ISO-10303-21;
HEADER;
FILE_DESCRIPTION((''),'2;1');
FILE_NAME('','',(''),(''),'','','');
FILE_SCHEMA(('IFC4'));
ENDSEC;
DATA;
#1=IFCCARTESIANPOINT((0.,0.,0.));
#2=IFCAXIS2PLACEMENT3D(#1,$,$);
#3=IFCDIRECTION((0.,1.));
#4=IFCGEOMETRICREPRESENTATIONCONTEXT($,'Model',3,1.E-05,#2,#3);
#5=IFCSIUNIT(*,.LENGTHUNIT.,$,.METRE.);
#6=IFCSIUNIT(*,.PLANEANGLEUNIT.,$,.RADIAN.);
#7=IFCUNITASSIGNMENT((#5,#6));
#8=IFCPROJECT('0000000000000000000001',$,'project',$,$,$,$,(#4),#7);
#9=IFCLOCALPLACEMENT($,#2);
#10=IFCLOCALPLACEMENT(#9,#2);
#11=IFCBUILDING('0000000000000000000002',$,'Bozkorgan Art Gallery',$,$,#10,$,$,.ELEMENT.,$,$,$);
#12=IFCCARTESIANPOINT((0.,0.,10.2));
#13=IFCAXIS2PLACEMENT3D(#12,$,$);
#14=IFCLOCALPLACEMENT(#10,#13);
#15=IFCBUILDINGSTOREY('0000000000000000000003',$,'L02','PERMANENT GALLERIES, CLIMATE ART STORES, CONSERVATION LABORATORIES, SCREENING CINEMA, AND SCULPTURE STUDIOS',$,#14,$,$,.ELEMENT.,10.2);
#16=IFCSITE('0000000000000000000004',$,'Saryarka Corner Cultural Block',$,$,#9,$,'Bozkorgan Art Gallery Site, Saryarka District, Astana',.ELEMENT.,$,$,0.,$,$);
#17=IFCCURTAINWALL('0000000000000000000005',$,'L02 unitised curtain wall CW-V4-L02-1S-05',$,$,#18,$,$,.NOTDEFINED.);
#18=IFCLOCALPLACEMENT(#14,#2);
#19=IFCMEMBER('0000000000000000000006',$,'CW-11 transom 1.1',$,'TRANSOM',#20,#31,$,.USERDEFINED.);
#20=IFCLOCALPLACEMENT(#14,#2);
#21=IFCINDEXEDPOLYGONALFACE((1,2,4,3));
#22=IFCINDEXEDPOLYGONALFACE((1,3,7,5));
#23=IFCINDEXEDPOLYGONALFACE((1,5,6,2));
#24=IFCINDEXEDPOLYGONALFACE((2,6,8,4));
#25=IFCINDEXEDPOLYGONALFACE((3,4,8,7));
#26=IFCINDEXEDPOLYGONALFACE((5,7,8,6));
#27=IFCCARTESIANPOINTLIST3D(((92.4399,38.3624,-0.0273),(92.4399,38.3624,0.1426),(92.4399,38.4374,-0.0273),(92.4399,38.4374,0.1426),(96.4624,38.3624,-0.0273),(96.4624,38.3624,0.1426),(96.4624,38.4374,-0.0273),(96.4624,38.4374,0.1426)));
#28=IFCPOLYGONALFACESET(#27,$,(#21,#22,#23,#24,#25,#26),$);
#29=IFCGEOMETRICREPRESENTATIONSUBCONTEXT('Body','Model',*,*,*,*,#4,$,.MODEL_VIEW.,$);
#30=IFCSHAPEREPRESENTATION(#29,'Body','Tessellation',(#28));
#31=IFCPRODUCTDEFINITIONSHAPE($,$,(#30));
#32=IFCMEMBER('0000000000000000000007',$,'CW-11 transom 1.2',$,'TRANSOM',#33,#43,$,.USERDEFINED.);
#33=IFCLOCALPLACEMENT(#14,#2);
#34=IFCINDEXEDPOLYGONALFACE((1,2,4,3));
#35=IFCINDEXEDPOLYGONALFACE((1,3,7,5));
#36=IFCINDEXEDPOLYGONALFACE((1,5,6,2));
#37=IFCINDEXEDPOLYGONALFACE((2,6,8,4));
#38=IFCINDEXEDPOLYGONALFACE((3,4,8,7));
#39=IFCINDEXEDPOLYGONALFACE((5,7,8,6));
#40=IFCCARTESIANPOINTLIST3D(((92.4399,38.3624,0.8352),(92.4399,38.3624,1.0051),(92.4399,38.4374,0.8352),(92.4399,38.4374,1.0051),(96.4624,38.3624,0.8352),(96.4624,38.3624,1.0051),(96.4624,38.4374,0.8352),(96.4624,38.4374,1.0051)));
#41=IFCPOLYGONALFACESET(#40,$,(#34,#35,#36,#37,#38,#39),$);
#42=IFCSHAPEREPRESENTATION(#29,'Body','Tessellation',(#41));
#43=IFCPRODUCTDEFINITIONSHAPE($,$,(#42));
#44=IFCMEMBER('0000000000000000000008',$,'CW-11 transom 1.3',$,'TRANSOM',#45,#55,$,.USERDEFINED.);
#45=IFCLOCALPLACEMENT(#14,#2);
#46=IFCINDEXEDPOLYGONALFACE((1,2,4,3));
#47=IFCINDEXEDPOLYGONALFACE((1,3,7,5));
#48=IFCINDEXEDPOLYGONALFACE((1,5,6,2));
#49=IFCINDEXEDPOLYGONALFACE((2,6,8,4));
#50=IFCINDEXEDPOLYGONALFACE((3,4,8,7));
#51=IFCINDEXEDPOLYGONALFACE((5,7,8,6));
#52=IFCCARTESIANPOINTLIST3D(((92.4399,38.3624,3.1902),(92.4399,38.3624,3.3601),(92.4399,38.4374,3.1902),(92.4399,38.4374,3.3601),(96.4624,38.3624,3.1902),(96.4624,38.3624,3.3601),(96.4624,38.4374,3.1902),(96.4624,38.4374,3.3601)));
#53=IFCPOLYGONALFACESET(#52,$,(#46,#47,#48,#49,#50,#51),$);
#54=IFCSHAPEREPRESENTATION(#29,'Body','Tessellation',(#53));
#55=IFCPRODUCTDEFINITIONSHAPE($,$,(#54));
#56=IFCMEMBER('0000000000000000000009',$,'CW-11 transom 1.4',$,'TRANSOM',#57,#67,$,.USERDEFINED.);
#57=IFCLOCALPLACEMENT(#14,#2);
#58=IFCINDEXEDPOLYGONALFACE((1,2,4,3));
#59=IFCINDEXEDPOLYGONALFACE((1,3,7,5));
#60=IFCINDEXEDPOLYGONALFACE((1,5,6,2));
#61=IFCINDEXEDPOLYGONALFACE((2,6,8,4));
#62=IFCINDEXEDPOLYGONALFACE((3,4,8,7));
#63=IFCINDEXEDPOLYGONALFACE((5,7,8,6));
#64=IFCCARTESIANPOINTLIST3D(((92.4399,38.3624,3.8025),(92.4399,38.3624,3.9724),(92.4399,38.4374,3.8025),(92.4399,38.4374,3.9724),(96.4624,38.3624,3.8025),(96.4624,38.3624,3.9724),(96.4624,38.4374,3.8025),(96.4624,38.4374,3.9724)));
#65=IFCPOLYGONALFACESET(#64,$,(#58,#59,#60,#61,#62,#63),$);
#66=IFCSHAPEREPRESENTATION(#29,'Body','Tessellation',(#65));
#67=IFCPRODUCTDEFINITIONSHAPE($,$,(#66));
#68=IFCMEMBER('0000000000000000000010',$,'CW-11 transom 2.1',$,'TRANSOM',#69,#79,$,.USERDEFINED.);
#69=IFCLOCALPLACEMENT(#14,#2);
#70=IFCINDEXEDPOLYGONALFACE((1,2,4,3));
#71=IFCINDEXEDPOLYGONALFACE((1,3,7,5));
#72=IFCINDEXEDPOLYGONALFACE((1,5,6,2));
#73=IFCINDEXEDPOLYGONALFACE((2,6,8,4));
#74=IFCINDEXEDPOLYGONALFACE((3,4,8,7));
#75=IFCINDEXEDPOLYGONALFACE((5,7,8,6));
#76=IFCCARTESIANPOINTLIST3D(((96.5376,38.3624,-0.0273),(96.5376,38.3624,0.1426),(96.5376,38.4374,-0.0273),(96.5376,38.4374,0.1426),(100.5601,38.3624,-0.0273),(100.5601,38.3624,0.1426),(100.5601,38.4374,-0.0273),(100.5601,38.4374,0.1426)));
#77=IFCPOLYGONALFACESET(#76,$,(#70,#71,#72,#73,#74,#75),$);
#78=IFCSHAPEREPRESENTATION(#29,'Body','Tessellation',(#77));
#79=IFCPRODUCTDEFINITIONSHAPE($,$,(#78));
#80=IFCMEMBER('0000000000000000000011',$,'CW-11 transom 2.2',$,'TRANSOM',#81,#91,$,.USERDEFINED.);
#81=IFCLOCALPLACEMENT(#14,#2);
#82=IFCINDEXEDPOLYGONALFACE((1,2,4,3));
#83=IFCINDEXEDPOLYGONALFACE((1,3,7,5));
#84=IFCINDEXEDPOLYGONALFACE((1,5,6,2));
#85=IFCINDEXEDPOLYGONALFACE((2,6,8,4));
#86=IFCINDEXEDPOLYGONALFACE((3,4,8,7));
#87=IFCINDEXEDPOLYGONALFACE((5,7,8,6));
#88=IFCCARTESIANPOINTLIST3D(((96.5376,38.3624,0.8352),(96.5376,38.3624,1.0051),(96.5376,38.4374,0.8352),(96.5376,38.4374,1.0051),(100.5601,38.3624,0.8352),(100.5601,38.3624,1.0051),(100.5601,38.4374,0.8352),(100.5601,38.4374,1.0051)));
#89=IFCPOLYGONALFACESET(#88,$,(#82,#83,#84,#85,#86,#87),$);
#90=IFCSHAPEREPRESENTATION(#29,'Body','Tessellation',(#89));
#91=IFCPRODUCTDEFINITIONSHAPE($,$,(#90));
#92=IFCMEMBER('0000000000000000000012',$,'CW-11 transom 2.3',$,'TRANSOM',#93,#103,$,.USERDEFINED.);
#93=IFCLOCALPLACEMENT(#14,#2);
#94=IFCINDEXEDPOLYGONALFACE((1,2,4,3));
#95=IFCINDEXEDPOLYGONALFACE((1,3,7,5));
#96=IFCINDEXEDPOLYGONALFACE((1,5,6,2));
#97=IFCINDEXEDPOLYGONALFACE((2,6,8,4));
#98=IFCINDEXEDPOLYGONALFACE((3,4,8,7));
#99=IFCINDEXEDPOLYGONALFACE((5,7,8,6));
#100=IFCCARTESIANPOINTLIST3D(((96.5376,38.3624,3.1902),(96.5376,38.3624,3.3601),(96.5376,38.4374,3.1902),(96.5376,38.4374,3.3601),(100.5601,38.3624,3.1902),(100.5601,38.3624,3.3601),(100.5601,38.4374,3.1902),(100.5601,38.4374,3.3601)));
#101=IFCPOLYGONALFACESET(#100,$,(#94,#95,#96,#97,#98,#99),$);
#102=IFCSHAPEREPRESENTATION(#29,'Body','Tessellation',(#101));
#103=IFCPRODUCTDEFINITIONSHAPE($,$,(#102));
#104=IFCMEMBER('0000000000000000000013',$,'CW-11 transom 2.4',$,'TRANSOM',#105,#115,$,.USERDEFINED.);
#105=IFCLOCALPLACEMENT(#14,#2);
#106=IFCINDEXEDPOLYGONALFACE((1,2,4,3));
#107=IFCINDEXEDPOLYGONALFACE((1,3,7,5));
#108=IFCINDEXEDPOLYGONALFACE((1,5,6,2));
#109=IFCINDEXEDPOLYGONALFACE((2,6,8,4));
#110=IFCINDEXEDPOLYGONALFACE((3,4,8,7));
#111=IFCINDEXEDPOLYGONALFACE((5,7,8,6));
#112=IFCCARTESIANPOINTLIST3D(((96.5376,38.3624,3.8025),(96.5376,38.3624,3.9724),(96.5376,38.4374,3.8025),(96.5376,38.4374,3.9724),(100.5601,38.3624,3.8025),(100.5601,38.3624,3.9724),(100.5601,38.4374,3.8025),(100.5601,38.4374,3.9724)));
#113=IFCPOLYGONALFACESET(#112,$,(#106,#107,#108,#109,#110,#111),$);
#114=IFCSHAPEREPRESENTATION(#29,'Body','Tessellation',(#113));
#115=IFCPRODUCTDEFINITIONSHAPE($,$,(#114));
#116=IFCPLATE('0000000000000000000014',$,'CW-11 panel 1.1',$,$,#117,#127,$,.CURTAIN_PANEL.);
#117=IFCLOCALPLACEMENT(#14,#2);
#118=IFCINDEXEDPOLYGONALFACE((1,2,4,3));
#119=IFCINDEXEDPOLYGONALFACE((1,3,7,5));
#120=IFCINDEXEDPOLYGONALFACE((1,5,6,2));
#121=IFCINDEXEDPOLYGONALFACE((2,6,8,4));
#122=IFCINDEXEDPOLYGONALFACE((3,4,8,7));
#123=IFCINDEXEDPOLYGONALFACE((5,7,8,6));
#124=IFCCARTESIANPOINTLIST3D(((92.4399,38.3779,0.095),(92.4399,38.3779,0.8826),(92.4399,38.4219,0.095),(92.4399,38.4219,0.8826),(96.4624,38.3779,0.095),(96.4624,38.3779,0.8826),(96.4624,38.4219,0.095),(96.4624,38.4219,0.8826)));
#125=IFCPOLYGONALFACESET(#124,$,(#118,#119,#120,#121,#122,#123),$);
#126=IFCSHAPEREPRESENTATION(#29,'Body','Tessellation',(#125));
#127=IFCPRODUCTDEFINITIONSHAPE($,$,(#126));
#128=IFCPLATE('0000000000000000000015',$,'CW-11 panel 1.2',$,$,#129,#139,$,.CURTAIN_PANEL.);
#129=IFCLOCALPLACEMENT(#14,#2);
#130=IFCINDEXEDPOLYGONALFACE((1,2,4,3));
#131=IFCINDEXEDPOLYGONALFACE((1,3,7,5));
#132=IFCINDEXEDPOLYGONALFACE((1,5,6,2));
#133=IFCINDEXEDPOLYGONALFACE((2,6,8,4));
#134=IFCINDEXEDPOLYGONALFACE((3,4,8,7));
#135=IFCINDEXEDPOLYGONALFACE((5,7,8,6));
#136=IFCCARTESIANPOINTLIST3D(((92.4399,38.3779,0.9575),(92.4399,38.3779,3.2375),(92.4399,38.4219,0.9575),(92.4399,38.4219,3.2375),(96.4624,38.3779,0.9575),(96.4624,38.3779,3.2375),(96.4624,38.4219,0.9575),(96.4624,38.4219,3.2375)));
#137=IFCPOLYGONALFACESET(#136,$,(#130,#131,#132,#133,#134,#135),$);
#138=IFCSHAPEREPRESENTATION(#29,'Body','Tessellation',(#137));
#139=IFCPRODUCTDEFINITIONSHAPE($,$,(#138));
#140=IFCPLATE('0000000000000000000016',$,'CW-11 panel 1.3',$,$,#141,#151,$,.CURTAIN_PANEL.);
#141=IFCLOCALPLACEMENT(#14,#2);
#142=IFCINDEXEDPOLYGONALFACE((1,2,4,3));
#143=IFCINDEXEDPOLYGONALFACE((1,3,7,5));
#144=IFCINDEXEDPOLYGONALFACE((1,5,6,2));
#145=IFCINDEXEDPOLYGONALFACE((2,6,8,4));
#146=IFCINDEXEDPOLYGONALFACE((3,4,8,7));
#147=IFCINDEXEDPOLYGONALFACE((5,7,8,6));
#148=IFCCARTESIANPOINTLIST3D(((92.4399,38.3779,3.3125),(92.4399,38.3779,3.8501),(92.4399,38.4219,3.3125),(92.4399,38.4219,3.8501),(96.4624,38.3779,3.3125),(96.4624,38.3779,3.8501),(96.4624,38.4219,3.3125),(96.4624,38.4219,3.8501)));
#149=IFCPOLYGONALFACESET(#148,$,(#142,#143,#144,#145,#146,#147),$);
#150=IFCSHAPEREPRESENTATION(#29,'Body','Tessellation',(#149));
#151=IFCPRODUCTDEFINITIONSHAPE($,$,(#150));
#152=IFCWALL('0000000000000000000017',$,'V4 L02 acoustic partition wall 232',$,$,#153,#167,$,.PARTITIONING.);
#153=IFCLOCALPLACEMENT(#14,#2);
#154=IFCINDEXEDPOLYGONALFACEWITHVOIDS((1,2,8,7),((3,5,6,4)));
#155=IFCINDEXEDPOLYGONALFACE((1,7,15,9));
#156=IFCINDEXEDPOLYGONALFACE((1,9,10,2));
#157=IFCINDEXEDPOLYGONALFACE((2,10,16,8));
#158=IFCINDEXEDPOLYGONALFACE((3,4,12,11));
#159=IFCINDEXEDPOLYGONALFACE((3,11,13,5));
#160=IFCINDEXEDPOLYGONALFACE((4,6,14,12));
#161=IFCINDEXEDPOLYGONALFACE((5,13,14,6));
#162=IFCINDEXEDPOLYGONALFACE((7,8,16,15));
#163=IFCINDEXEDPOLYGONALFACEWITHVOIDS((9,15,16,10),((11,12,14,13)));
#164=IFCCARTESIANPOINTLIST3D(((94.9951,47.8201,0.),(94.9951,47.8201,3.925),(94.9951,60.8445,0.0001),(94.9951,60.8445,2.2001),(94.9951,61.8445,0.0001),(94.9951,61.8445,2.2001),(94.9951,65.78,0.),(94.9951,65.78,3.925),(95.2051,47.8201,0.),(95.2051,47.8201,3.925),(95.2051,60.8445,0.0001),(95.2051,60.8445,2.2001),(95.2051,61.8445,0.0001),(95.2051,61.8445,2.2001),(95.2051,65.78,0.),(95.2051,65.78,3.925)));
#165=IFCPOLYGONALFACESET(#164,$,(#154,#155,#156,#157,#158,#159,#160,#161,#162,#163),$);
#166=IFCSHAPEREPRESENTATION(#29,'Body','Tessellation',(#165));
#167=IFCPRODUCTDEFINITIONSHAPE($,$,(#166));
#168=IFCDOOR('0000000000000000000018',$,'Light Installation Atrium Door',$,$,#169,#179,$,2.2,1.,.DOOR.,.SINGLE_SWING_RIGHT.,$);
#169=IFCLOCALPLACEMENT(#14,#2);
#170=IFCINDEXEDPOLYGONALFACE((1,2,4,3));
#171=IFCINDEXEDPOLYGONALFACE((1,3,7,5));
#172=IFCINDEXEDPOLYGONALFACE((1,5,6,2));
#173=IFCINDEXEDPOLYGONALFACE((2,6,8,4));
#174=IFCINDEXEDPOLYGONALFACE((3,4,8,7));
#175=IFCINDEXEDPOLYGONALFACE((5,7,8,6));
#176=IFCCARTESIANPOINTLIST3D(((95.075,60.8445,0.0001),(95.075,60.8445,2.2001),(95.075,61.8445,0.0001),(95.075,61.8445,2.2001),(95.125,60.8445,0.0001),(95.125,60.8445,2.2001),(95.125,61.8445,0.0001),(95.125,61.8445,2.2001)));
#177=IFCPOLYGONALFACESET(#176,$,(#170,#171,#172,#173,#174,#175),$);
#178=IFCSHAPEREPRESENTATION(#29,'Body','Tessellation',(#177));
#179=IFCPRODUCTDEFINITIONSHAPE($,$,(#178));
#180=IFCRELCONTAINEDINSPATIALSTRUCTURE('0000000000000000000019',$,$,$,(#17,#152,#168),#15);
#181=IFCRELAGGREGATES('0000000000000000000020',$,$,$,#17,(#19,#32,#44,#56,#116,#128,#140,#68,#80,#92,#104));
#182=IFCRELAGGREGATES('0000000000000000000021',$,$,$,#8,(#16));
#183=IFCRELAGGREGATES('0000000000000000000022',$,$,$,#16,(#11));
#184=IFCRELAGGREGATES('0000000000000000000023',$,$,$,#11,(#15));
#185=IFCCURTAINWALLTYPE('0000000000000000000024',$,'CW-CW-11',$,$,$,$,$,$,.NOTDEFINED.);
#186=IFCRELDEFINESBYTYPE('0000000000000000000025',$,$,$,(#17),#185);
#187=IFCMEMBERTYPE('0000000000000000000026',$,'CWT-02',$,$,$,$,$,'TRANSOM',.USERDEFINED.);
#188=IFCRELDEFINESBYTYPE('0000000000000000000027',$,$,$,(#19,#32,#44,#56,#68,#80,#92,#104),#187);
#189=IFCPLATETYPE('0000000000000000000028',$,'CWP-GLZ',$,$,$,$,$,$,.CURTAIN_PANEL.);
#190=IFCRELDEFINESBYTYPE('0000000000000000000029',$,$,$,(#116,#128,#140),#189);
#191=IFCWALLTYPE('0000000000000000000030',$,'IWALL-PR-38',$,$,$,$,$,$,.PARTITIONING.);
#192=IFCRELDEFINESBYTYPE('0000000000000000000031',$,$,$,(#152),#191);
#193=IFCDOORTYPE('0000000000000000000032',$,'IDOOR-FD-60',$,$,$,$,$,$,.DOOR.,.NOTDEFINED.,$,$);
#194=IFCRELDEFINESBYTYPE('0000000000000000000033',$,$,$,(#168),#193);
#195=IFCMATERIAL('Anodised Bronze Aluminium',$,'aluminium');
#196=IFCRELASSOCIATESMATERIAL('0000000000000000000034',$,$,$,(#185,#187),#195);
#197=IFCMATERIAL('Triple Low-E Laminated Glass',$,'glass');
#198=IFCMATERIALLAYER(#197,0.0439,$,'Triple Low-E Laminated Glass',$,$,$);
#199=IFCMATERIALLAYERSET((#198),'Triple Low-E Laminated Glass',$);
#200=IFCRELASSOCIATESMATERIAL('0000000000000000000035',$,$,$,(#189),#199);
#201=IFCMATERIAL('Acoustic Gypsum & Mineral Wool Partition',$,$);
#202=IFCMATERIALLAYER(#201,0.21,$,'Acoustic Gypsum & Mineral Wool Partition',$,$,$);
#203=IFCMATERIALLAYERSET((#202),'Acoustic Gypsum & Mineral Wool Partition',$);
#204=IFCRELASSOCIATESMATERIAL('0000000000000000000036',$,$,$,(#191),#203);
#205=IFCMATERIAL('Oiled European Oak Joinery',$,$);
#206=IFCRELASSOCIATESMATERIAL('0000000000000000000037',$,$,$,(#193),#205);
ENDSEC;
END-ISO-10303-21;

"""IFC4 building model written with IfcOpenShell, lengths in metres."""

from ifc_helpers import new_model, si_unit, direction, frame, frame_2d, origin, origin_2d, place, context, subcontext, project, spatial, rectangle, extrude, material, layer, layer_set, material_profile, profile_set, type_object, element, fill, aggregate, save


model = new_model("IFC4")

# Units and contexts
model_context = context("Model", 3, precision=1e-05, world=origin(), true_north=direction((0.0, 1.0)))
body_context = subcontext(model_context, "Body", "Model", "MODEL_VIEW")
ifc_project = project(units=[si_unit("LENGTHUNIT", "METRE"), si_unit("PLANEANGLEUNIT", "RADIAN")], contexts=[model_context])

# Site, building, storey
site_placement = place(None, origin())
site = spatial("IfcSite", under=ifc_project, at=site_placement, Name="Saryarka Corner Cultural Block", LongName="Bozkorgan Art Gallery Site, Saryarka District, Astana", CompositionType="ELEMENT", RefElevation=0.0)
building_placement = place(site_placement, origin())
building = spatial("IfcBuilding", under=site, at=building_placement, Name="Bozkorgan Art Gallery", CompositionType="ELEMENT")
storey_placement = place(building_placement, frame((0.0, 0.0, 10.2)))
storey = spatial("IfcBuildingStorey", under=building, at=storey_placement, Name="L02", Description="PERMANENT GALLERIES, CLIMATE ART STORES, CONSERVATION LABORATORIES, SCREENING CINEMA, AND SCULPTURE STUDIOS", CompositionType="ELEMENT", Elevation=10.2)

# Shared definitions
ifc_material_1 = material(Name="Anodised Bronze Aluminium", Category="aluminium")
curtain_wall_type = type_object("IfcCurtainWallType", Name="CW-CW-11", PredefinedType="NOTDEFINED", material=ifc_material_1)

# Curtain wall, members, plates
curtain_wall_1_placement = place(storey_placement, origin())
curtain_wall_1 = element("IfcCurtainWall", 1, at=curtain_wall_1_placement, inside=storey, type_object=curtain_wall_type, Name="L02 unitised curtain wall CW-V4-L02-1S-05", PredefinedType="NOTDEFINED")
ifc_material_profile_1 = material_profile(ifc_material_1, rectangle(XDim=0.075, YDim=0.1699, at=origin_2d()), Name="ALU TRANSOM 75x170")
ifc_profile_set_1 = profile_set([ifc_material_profile_1], Name="Anodised Bronze Aluminium")
member_type_1 = type_object("IfcMemberType", Name="CWT-02", ElementType="TRANSOM", PredefinedType="USERDEFINED", material=ifc_profile_set_1)
member_1_placement = place(storey_placement, frame((92.4399, 38.3999, 0.0576), z_axis=(1.0, 0.0, 0.0), x_axis=(0.0, 1.0, 0.0)))
member_1 = element("IfcMember", 2, at=member_1_placement, type_object=member_type_1, Name="CW-11 transom 1.1", ObjectType="TRANSOM", PredefinedType="USERDEFINED", context=body_context, shape_type="SweptSolid", body=[
    extrude(rectangle(XDim=0.075, YDim=0.1699, at=origin_2d()), origin(), (0.0, 0.0, 1.0), 4.0225),
])
member_2_placement = place(storey_placement, frame((92.4399, 38.3999, 0.9202), z_axis=(1.0, 0.0, 0.0), x_axis=(0.0, 1.0, 0.0)))
member_2 = element("IfcMember", 3, at=member_2_placement, type_object=member_type_1, Name="CW-11 transom 1.2", ObjectType="TRANSOM", PredefinedType="USERDEFINED", context=body_context, shape_type="SweptSolid", body=[
    extrude(rectangle(XDim=0.075, YDim=0.1699, at=origin_2d()), origin(), (0.0, 0.0, 1.0), 4.0225),
])
member_3_placement = place(storey_placement, frame((92.4399, 38.3999, 3.2751), z_axis=(1.0, 0.0, 0.0), x_axis=(0.0, 1.0, 0.0)))
member_3 = element("IfcMember", 4, at=member_3_placement, type_object=member_type_1, Name="CW-11 transom 1.3", ObjectType="TRANSOM", PredefinedType="USERDEFINED", context=body_context, shape_type="SweptSolid", body=[
    extrude(rectangle(XDim=0.075, YDim=0.1699, at=origin_2d()), origin(), (0.0, 0.0, 1.0), 4.0225),
])
member_4_placement = place(storey_placement, frame((92.4399, 38.3999, 3.8875), z_axis=(1.0, 0.0, 0.0), x_axis=(0.0, 1.0, 0.0)))
member_4 = element("IfcMember", 5, at=member_4_placement, type_object=member_type_1, Name="CW-11 transom 1.4", ObjectType="TRANSOM", PredefinedType="USERDEFINED", context=body_context, shape_type="SweptSolid", body=[
    extrude(rectangle(XDim=0.075, YDim=0.1699, at=origin_2d()), origin(), (0.0, 0.0, 1.0), 4.0225),
])
member_5_placement = place(storey_placement, frame((96.5376, 38.3999, 0.0576), z_axis=(1.0, 0.0, 0.0), x_axis=(0.0, 1.0, 0.0)))
member_5 = element("IfcMember", 6, at=member_5_placement, type_object=member_type_1, Name="CW-11 transom 2.1", ObjectType="TRANSOM", PredefinedType="USERDEFINED", context=body_context, shape_type="SweptSolid", body=[
    extrude(rectangle(XDim=0.075, YDim=0.1699, at=origin_2d()), origin(), (0.0, 0.0, 1.0), 4.0225),
])
member_6_placement = place(storey_placement, frame((96.5376, 38.3999, 0.9202), z_axis=(1.0, 0.0, 0.0), x_axis=(0.0, 1.0, 0.0)))
member_6 = element("IfcMember", 7, at=member_6_placement, type_object=member_type_1, Name="CW-11 transom 2.2", ObjectType="TRANSOM", PredefinedType="USERDEFINED", context=body_context, shape_type="SweptSolid", body=[
    extrude(rectangle(XDim=0.075, YDim=0.1699, at=origin_2d()), origin(), (0.0, 0.0, 1.0), 4.0225),
])
member_7_placement = place(storey_placement, frame((96.5376, 38.3999, 3.2751), z_axis=(1.0, 0.0, 0.0), x_axis=(0.0, 1.0, 0.0)))
member_7 = element("IfcMember", 8, at=member_7_placement, type_object=member_type_1, Name="CW-11 transom 2.3", ObjectType="TRANSOM", PredefinedType="USERDEFINED", context=body_context, shape_type="SweptSolid", body=[
    extrude(rectangle(XDim=0.075, YDim=0.1699, at=origin_2d()), origin(), (0.0, 0.0, 1.0), 4.0225),
])
member_8_placement = place(storey_placement, frame((96.5376, 38.3999, 3.8875), z_axis=(1.0, 0.0, 0.0), x_axis=(0.0, 1.0, 0.0)))
member_8 = element("IfcMember", 9, at=member_8_placement, type_object=member_type_1, Name="CW-11 transom 2.4", ObjectType="TRANSOM", PredefinedType="USERDEFINED", context=body_context, shape_type="SweptSolid", body=[
    extrude(rectangle(XDim=0.075, YDim=0.1699, at=origin_2d()), origin(), (0.0, 0.0, 1.0), 4.0225),
])
ifc_material_2 = material(Name="Triple Low-E Laminated Glass", Category="glass")
ifc_layer_1 = layer(ifc_material_2, 0.0439, Name="Triple Low-E Laminated Glass")
ifc_layer_set_1 = layer_set([ifc_layer_1], Name="Triple Low-E Laminated Glass")
plate_type = type_object("IfcPlateType", Name="CWP-GLZ", PredefinedType="CURTAIN_PANEL", material=ifc_layer_set_1)
plate_1_placement = place(storey_placement, frame((94.4512, 38.3999, 0.095), z_axis=(0.0, 0.0, 1.0), x_axis=(1.0, 0.0, 0.0)))
plate_1 = element("IfcPlate", 10, at=plate_1_placement, type_object=plate_type, Name="CW-11 panel 1.1", PredefinedType="CURTAIN_PANEL", context=body_context, shape_type="SweptSolid", body=[
    extrude(rectangle(XDim=4.0225, YDim=0.0439, at=origin_2d()), origin(), (0.0, 0.0, 1.0), 0.7876),
])
plate_2_placement = place(storey_placement, frame((94.4512, 38.3999, 0.9575), z_axis=(0.0, 0.0, 1.0), x_axis=(1.0, 0.0, 0.0)))
plate_2 = element("IfcPlate", 11, at=plate_2_placement, type_object=plate_type, Name="CW-11 panel 1.2", PredefinedType="CURTAIN_PANEL", context=body_context, shape_type="SweptSolid", body=[
    extrude(rectangle(XDim=4.0225, YDim=0.0439, at=origin_2d()), origin(), (0.0, 0.0, 1.0), 2.28),
])
plate_3_placement = place(storey_placement, frame((94.4512, 38.3999, 3.3125), z_axis=(0.0, 0.0, 1.0), x_axis=(1.0, 0.0, 0.0)))
plate_3 = element("IfcPlate", 12, at=plate_3_placement, type_object=plate_type, Name="CW-11 panel 1.3", PredefinedType="CURTAIN_PANEL", context=body_context, shape_type="SweptSolid", body=[
    extrude(rectangle(XDim=4.0225, YDim=0.0439, at=origin_2d()), origin(), (0.0, 0.0, 1.0), 0.5376),
])
aggregate(curtain_wall_1, [member_1, member_2, member_3, member_4, plate_1, plate_2, plate_3, member_5, member_6, member_7, member_8])

# Wall, opening, door
ifc_material_3 = material(Name="Acoustic Gypsum & Mineral Wool Partition")
ifc_layer_2 = layer(ifc_material_3, 0.21, Name="Acoustic Gypsum & Mineral Wool Partition")
ifc_layer_set_2 = layer_set([ifc_layer_2], Name="Acoustic Gypsum & Mineral Wool Partition")
wall_type_1 = type_object("IfcWallType", Name="IWALL-PR-38", PredefinedType="PARTITIONING", material=ifc_layer_set_2)
wall_1_placement = place(storey_placement, frame((95.1001, 47.8201, 0.0), z_axis=(0.0, 0.0, 1.0), x_axis=(0.0, 1.0, 0.0)))
wall_1 = element("IfcWall", 13, at=wall_1_placement, inside=storey, type_object=wall_type_1, Name="V4 L02 acoustic partition wall 232", PredefinedType="PARTITIONING", context=body_context, shape_type="SweptSolid", body=[
    extrude(rectangle(XDim=17.96, YDim=0.21, at=frame_2d((8.98, 0.0))), origin(), (0.0, 0.0, 1.0), 3.925),
])
opening_1_placement = place(wall_1_placement, frame((14.0244, 0.0, 0.0), z_axis=(0.0, 0.0, 1.0), x_axis=(-1.0, 0.0, 0.0)))
opening_1 = element("IfcOpeningElement", 14, at=opening_1_placement, cuts=wall_1, PredefinedType="OPENING", context=body_context, shape_type="SweptSolid", body=[
    extrude(rectangle(XDim=1.0, YDim=2.2, at=frame_2d((0.5, 1.1001))), frame((0.0, 0.115, 0.0), z_axis=(0.0, -1.0, 0.0), x_axis=(1.0, 0.0, 0.0)), (0.0, 0.0, 1.0), 0.23),
])
ifc_material_4 = material(Name="Oiled European Oak Joinery")
door_type_1 = type_object("IfcDoorType", Name="IDOOR-FD-60", OperationType="NOTDEFINED", PredefinedType="DOOR", material=ifc_material_4)
door_1_placement = place(opening_1_placement, origin())
door_1 = element("IfcDoor", 15, at=door_1_placement, inside=storey, type_object=door_type_1, Name="Light Installation Atrium Door", OperationType="SINGLE_SWING_RIGHT", OverallHeight=2.2, OverallWidth=1.0, PredefinedType="DOOR", context=body_context, shape_type="SweptSolid", body=[
    extrude(rectangle(XDim=1.0, YDim=2.2, at=frame_2d((0.5, 1.1001))), frame((0.0, 0.0249, 0.0), z_axis=(0.0, -1.0, 0.0), x_axis=(1.0, 0.0, 0.0)), (0.0, 0.0, 1.0), 0.05),
])
fill(opening_1, door_1)

save(model, "model.ifc")
